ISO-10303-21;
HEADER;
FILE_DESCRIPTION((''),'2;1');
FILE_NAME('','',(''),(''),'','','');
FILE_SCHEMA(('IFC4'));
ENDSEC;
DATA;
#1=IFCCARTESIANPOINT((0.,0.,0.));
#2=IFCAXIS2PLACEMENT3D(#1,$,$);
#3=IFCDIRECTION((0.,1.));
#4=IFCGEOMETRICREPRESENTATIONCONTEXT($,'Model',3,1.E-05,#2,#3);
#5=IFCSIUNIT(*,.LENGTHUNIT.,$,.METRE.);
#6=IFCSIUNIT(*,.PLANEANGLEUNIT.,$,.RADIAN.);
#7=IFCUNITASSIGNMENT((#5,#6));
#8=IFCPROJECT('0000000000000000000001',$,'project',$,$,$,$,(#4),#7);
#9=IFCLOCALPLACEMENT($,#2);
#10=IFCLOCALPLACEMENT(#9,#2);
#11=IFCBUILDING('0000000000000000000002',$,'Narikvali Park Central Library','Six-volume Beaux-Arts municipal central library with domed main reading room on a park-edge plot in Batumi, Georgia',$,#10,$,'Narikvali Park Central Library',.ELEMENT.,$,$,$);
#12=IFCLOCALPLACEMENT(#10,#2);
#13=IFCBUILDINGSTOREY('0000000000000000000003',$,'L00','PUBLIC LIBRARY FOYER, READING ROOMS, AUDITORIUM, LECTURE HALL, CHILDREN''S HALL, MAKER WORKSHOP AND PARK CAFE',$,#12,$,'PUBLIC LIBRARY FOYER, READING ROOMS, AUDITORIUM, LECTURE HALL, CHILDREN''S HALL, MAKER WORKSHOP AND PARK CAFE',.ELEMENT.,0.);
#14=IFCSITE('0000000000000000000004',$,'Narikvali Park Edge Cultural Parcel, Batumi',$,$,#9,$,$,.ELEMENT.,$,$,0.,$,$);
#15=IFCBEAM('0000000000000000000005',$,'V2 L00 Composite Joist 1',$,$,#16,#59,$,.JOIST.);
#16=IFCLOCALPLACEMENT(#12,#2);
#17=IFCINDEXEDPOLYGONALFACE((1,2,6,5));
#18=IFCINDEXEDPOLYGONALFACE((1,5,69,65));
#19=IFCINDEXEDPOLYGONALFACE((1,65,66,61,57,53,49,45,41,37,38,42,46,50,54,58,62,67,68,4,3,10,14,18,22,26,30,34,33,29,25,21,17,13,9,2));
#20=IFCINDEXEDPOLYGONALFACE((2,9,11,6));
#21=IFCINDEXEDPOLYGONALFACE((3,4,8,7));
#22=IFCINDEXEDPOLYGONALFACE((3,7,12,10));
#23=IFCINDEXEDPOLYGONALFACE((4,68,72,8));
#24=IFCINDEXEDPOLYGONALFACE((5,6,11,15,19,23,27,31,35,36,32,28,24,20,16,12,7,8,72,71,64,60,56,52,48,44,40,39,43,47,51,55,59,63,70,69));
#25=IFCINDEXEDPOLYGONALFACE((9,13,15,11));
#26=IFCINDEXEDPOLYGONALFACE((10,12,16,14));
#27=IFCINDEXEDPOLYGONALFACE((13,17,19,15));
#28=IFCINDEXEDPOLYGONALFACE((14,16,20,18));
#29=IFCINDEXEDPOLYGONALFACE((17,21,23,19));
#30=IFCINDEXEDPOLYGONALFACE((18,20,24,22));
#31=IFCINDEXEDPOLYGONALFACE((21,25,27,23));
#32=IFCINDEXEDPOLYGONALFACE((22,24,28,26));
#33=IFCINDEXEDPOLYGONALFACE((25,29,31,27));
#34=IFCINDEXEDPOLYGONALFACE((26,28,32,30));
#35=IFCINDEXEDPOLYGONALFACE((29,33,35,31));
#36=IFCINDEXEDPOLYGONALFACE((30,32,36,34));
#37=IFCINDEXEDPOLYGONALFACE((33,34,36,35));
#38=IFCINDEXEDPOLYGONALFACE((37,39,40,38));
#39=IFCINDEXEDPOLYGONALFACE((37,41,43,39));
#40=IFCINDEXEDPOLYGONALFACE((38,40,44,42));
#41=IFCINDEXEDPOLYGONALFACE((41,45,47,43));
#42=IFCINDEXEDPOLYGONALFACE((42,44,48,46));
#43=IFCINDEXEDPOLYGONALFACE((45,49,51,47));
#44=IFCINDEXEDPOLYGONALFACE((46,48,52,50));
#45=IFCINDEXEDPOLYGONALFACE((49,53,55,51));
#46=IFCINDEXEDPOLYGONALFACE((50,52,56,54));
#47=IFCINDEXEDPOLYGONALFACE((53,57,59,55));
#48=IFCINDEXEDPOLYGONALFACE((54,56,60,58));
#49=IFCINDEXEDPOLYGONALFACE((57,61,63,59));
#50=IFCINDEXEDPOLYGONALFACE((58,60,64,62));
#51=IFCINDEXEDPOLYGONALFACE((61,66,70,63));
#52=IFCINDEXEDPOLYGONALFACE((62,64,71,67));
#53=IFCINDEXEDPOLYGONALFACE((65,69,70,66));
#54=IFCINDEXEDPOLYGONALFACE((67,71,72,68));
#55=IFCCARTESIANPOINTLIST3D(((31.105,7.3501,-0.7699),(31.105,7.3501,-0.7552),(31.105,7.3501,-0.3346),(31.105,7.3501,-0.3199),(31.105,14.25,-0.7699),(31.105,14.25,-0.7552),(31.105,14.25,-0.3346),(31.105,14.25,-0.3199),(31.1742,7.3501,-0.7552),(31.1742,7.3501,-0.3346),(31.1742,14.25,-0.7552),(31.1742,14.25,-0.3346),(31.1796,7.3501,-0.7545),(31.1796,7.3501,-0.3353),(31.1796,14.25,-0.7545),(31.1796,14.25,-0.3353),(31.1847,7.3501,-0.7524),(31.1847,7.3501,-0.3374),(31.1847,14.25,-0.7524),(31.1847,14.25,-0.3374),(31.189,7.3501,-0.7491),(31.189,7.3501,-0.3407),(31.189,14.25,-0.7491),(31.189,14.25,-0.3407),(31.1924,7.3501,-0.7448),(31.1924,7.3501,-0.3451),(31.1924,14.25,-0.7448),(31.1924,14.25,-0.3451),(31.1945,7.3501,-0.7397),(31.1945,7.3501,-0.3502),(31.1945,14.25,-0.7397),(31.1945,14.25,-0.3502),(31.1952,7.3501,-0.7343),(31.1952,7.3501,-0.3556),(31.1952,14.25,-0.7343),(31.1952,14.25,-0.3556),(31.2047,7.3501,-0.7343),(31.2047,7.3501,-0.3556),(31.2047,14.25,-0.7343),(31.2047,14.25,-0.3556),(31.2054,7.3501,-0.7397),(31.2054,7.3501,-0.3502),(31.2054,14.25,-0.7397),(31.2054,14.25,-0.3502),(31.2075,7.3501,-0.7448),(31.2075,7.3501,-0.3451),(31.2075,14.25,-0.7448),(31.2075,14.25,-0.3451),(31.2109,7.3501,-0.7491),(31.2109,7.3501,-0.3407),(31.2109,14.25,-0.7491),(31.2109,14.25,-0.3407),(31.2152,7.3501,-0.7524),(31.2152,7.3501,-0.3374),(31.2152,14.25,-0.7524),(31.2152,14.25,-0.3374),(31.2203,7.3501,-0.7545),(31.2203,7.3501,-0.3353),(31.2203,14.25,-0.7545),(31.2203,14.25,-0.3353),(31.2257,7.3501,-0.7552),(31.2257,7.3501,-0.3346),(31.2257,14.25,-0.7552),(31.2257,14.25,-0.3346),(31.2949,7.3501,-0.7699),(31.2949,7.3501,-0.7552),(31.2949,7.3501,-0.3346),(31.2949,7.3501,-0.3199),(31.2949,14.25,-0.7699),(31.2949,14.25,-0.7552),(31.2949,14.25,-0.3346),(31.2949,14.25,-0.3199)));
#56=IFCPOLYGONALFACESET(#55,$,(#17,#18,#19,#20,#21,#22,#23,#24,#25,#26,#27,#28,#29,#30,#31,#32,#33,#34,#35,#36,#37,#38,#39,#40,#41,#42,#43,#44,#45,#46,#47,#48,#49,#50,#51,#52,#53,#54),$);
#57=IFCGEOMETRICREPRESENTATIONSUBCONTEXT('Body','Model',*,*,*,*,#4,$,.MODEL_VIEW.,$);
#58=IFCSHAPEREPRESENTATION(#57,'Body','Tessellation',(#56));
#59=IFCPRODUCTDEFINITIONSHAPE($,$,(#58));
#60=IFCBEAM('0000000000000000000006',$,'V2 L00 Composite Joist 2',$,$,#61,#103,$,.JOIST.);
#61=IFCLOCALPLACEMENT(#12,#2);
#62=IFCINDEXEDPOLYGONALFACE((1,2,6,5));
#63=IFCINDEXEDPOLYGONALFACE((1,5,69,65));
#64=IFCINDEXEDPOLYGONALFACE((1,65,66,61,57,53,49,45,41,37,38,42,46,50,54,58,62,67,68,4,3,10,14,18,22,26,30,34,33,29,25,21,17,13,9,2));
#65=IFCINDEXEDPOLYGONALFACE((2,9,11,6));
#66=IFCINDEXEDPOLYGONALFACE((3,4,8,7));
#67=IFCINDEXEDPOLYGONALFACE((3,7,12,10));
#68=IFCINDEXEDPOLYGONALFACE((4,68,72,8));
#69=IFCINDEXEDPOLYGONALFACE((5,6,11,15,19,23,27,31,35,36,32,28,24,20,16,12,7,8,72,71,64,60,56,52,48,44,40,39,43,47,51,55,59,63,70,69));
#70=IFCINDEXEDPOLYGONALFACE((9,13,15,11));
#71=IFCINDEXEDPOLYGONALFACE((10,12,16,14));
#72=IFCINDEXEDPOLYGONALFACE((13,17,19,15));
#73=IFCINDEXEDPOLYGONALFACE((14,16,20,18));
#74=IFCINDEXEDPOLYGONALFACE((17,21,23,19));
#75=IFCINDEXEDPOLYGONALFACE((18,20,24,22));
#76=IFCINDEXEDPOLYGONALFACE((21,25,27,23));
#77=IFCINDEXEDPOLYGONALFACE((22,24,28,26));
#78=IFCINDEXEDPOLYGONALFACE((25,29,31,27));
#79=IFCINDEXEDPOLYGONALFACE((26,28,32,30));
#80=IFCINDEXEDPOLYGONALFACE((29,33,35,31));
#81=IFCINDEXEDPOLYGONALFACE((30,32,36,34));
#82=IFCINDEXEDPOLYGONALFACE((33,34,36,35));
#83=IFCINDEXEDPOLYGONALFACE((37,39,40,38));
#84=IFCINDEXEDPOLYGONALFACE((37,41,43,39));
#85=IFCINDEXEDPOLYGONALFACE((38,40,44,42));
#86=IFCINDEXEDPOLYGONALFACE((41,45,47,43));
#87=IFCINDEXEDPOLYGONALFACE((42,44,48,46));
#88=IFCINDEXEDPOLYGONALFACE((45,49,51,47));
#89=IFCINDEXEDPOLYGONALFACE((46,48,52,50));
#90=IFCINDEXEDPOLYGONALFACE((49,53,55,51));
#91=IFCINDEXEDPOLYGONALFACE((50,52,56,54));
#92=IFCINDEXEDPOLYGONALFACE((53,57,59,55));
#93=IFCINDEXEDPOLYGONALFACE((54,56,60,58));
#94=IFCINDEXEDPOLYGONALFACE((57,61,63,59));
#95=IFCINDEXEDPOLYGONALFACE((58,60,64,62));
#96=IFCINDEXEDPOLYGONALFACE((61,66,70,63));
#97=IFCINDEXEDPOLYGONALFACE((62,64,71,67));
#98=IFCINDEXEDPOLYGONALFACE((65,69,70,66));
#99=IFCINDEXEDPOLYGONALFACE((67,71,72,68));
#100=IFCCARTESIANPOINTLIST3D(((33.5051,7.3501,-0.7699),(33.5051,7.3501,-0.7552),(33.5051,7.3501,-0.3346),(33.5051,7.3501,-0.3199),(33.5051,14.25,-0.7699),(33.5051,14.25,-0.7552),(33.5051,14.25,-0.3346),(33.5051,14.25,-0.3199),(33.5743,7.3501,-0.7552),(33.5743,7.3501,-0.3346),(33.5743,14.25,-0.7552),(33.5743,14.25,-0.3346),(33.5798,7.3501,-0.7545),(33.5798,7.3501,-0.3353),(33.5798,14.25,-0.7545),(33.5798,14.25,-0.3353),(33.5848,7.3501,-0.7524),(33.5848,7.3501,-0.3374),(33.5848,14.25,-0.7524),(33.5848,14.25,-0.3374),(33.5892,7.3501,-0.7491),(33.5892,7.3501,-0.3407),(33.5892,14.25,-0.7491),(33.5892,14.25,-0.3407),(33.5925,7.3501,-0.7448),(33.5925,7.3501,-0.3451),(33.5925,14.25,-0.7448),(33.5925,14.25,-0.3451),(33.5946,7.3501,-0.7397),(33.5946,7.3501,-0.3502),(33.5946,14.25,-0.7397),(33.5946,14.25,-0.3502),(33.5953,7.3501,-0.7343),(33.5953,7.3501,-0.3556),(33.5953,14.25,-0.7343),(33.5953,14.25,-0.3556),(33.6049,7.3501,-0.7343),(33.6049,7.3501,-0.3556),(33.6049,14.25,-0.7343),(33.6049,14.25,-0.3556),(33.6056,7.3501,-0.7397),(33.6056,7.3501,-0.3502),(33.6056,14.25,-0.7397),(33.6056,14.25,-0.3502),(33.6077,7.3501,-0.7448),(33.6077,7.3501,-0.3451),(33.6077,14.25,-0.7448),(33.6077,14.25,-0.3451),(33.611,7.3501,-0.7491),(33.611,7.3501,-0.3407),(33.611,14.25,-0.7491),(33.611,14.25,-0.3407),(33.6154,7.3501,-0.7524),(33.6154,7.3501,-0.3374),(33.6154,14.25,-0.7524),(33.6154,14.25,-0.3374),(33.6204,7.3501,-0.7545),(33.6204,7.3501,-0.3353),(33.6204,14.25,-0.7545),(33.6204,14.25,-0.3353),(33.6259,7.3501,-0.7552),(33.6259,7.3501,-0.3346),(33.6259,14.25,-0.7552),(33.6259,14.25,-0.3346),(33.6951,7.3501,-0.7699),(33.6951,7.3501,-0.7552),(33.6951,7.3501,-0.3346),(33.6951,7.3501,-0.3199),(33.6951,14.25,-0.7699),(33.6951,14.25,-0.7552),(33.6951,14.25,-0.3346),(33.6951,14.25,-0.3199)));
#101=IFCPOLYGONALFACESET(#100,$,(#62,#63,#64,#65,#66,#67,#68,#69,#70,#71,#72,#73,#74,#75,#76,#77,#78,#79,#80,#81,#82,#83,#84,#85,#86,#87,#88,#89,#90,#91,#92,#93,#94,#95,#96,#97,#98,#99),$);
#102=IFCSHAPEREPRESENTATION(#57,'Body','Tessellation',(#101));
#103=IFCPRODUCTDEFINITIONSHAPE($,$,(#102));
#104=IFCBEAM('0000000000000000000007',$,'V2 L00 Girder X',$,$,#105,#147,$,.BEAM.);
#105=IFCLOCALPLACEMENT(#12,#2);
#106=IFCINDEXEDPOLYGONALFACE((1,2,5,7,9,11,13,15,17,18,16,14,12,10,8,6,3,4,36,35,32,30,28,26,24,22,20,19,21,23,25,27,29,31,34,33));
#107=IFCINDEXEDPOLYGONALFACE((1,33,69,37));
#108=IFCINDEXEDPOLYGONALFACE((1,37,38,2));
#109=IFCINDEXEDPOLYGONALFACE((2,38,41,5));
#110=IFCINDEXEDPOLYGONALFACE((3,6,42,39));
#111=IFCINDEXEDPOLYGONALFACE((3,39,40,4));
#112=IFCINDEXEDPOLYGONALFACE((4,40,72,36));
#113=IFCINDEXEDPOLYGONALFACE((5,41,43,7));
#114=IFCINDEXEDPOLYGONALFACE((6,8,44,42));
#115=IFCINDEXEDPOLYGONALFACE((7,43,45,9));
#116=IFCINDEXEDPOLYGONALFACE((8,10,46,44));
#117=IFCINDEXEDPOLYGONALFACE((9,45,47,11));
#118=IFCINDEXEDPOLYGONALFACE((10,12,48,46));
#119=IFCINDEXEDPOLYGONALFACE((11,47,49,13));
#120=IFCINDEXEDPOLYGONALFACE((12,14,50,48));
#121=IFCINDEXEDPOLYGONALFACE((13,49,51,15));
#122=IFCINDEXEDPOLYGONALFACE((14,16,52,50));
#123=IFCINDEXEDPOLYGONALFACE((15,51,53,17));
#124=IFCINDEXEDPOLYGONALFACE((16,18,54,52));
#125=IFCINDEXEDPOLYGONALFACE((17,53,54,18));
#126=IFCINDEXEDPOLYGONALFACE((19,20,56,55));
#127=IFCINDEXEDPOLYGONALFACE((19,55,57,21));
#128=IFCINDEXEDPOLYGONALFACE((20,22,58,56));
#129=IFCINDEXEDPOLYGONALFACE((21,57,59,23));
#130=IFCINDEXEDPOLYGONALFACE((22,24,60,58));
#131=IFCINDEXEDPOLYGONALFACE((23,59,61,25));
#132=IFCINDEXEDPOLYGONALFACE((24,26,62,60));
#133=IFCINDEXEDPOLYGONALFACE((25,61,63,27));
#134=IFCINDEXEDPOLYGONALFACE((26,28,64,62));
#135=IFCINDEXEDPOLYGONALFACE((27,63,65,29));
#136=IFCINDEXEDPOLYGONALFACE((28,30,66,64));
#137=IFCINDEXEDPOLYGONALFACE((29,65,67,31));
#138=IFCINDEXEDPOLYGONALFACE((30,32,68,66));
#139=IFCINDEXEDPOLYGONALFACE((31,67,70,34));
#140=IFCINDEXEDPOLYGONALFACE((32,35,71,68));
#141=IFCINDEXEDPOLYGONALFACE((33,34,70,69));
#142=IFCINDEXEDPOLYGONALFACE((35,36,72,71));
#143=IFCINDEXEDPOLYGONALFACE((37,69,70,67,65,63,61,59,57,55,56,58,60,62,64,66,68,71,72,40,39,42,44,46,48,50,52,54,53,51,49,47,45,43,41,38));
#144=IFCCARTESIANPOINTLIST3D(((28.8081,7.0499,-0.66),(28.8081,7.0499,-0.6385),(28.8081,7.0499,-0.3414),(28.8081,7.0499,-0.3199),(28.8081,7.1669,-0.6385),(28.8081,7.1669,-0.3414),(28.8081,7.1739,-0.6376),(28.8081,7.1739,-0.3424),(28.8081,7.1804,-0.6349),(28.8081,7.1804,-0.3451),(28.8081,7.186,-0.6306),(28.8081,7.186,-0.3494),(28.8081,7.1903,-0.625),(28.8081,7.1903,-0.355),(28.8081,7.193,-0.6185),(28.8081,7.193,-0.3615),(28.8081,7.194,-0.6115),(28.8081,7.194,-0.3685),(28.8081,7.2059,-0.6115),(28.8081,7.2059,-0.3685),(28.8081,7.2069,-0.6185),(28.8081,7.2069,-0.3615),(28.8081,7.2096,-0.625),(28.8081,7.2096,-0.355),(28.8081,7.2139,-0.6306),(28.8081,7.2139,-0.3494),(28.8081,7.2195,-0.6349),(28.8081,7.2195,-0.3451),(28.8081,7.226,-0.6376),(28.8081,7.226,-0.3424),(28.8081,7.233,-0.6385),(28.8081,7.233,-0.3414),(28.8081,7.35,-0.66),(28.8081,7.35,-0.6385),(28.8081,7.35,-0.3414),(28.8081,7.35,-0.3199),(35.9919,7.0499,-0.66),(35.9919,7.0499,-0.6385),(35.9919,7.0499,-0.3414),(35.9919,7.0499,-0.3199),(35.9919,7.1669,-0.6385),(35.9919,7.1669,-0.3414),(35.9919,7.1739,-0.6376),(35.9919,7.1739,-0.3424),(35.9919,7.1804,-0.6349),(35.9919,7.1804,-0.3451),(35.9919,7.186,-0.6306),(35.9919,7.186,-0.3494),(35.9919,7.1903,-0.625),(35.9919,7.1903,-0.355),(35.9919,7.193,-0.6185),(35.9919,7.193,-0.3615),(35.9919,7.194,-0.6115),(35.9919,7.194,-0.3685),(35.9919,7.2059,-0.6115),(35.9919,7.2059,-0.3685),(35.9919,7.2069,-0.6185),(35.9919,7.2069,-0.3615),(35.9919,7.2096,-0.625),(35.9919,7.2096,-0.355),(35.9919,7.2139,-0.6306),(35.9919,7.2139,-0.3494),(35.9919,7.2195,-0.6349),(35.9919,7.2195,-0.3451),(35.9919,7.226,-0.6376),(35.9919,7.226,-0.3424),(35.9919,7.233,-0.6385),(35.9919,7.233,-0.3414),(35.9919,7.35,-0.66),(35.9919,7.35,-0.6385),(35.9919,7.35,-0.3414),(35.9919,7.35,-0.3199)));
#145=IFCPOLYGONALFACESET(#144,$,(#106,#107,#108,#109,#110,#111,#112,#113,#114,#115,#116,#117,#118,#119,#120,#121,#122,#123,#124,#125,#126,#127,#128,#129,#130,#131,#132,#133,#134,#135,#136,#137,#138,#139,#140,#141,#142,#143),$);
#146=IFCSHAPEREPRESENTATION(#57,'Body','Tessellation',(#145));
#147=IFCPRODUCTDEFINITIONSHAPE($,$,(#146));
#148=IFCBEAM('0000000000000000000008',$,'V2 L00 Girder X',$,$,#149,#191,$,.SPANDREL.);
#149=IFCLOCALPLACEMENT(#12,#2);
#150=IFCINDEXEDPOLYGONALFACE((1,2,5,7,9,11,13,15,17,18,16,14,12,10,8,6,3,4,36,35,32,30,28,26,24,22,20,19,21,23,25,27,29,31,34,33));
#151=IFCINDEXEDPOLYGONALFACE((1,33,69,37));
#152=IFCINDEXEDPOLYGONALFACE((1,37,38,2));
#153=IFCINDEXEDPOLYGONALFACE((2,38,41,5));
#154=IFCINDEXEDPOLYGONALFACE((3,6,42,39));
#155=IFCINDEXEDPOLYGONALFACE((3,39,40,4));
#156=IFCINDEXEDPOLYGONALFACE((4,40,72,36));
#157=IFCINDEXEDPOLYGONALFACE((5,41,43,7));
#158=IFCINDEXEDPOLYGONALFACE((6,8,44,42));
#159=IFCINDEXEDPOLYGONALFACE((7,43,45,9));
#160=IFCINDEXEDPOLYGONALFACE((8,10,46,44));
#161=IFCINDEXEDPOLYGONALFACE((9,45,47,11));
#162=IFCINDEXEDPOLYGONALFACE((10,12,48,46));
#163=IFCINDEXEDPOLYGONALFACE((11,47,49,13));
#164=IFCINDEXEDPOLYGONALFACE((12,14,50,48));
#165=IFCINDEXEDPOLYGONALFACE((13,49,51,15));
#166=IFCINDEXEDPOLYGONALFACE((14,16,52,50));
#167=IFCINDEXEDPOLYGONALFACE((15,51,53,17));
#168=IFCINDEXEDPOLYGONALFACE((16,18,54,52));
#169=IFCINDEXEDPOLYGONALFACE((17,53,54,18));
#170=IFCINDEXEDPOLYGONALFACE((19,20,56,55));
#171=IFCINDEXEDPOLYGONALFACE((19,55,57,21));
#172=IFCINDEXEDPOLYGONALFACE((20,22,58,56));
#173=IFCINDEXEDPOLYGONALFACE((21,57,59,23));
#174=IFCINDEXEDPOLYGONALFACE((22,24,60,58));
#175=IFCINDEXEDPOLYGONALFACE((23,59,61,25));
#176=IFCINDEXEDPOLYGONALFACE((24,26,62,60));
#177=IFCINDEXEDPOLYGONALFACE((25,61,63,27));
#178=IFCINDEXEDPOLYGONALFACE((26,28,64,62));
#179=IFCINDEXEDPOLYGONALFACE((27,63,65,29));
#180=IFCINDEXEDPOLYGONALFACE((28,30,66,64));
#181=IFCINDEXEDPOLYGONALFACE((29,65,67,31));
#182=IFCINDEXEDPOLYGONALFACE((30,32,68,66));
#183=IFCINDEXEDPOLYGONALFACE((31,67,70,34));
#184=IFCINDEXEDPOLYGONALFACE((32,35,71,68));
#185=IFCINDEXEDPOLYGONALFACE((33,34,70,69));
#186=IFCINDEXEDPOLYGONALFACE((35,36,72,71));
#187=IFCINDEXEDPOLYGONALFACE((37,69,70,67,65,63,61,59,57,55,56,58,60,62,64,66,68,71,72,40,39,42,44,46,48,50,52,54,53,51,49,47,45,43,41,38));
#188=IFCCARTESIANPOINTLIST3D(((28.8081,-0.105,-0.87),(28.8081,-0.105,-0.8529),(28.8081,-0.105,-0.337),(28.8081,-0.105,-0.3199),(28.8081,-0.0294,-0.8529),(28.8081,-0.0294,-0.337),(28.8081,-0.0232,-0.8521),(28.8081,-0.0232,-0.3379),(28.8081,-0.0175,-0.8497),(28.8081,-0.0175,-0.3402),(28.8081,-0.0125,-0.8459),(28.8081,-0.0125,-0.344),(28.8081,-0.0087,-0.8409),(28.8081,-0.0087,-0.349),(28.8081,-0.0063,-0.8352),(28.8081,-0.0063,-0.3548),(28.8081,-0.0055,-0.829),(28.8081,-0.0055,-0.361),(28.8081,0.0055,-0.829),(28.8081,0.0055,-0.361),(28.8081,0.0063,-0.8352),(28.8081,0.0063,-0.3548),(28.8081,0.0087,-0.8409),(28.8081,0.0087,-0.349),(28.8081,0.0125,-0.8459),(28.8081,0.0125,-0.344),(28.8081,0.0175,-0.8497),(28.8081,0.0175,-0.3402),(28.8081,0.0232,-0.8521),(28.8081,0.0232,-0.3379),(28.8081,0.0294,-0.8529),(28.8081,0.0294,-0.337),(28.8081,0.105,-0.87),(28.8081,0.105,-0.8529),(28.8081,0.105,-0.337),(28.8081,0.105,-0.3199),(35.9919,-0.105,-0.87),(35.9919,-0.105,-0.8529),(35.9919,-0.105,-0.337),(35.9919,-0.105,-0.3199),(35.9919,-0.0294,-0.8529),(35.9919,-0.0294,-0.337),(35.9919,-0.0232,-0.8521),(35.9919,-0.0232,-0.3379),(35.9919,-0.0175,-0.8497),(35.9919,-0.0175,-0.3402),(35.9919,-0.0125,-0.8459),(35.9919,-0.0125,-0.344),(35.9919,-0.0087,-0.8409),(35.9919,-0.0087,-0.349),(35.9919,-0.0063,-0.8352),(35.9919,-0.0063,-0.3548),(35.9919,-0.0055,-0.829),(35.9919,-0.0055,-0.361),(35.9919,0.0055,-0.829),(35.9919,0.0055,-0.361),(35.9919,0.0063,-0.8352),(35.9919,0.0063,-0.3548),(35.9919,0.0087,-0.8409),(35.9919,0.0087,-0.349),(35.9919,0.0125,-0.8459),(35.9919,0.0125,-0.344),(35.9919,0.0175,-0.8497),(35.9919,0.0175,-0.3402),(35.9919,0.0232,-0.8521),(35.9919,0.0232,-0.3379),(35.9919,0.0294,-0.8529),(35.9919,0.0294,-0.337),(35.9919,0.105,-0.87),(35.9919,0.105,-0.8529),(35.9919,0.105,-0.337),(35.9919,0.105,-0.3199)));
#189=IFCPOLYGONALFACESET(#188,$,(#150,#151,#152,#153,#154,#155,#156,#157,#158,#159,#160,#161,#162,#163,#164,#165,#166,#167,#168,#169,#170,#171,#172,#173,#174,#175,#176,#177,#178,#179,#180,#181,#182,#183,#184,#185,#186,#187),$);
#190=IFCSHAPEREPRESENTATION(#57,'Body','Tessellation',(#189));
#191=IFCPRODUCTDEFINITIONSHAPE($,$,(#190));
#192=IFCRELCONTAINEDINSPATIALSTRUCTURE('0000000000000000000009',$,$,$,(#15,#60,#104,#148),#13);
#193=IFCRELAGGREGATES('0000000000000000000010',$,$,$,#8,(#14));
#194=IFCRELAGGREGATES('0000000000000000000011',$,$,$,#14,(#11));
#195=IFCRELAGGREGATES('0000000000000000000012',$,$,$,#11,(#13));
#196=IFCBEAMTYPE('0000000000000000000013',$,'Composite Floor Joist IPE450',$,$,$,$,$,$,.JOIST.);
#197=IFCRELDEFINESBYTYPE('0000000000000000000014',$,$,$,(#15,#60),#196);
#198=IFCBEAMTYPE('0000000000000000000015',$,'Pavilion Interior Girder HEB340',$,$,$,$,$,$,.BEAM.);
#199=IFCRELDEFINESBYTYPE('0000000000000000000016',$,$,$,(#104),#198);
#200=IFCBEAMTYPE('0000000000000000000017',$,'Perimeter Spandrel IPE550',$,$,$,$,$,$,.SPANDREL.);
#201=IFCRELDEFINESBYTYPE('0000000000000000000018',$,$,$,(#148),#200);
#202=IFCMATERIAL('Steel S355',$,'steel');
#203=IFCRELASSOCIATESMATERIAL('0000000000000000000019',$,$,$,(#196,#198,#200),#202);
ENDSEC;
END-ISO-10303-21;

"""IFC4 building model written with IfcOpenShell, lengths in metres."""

from ifc_helpers import new_model, si_unit, direction, frame, origin, origin_2d, place, context, subcontext, project, spatial, i_section, extrude, material, material_profile, profile_set, type_object, element, save


model = new_model("IFC4")

# Units and contexts
model_context = context("Model", 3, precision=1e-05, world=origin(), true_north=direction((0.0, 1.0)))
body_context = subcontext(model_context, "Body", "Model", "MODEL_VIEW")
ifc_project = project(units=[si_unit("LENGTHUNIT", "METRE"), si_unit("PLANEANGLEUNIT", "RADIAN")], contexts=[model_context])

# Site, building, storey
site_placement = place(None, origin())
site = spatial("IfcSite", under=ifc_project, at=site_placement, Name="Narikvali Park Edge Cultural Parcel, Batumi", CompositionType="ELEMENT", RefElevation=0.0)
building_placement = place(site_placement, origin())
building = spatial("IfcBuilding", under=site, at=building_placement, Name="Narikvali Park Central Library", Description="Six-volume Beaux-Arts municipal central library with domed main reading room on a park-edge plot in Batumi, Georgia", LongName="Narikvali Park Central Library", CompositionType="ELEMENT")
storey_placement = place(building_placement, origin())
storey = spatial("IfcBuildingStorey", under=building, at=storey_placement, Name="L00", Description="PUBLIC LIBRARY FOYER, READING ROOMS, AUDITORIUM, LECTURE HALL, CHILDREN'S HALL, MAKER WORKSHOP AND PARK CAFE", LongName="PUBLIC LIBRARY FOYER, READING ROOMS, AUDITORIUM, LECTURE HALL, CHILDREN'S HALL, MAKER WORKSHOP AND PARK CAFE", CompositionType="ELEMENT", Elevation=0.0)

# Shared definitions
ifc_material_1 = material(Name="Steel S355", Category="steel")

# Beams
ifc_material_profile_1 = material_profile(ifc_material_1, i_section(OverallWidth=0.1899, OverallDepth=0.45, WebThickness=0.0095, FlangeThickness=0.0146, FilletRadius=0.021, at=origin_2d()), Name="IPE 450")
ifc_profile_set_1 = profile_set([ifc_material_profile_1], Name="Steel S355")
beam_type_1 = type_object("IfcBeamType", Name="Composite Floor Joist IPE450", PredefinedType="JOIST", material=ifc_profile_set_1)
for number, where, z_axis, x_axis, name in (
    (1, (31.2, 7.3501, -0.5449), (0.0, 1.0, 0.0), (-1.0, 0.0, 0.0), "V2 L00 Composite Joist 1"),
    (2, (33.6001, 7.3501, -0.5449), (0.0, 1.0, 0.0), (-1.0, 0.0, 0.0), "V2 L00 Composite Joist 2"),
):
    element("IfcBeam", number, at=place(storey_placement, frame(where, z_axis=z_axis, x_axis=x_axis)), inside=storey, type_object=beam_type_1, Name=name, PredefinedType="JOIST", context=body_context, shape_type="SweptSolid", body=[
        extrude(i_section(OverallWidth=0.1899, OverallDepth=0.45, WebThickness=0.0095, FlangeThickness=0.0146, FilletRadius=0.021, at=origin_2d()), origin(), (0.0, 0.0, 1.0), 6.8999),
    ])
ifc_material_profile_2 = material_profile(ifc_material_1, i_section(OverallWidth=0.3, OverallDepth=0.3401, WebThickness=0.012, FlangeThickness=0.0215, FilletRadius=0.0271, at=origin_2d()), Name="HEB 340")
ifc_profile_set_2 = profile_set([ifc_material_profile_2], Name="Steel S355")
beam_type_2 = type_object("IfcBeamType", Name="Pavilion Interior Girder HEB340", PredefinedType="BEAM", material=ifc_profile_set_2)
beam_1_placement = place(storey_placement, frame((28.8081, 7.2, -0.49), z_axis=(1.0, 0.0, 0.0), x_axis=(0.0, 1.0, 0.0)))
element("IfcBeam", 3, at=beam_1_placement, inside=storey, type_object=beam_type_2, Name="V2 L00 Girder X", PredefinedType="BEAM", context=body_context, shape_type="SweptSolid", body=[
    extrude(i_section(OverallWidth=0.3, OverallDepth=0.3401, WebThickness=0.012, FlangeThickness=0.0215, FilletRadius=0.0271, at=origin_2d()), origin(), (0.0, 0.0, 1.0), 7.1838),
])
ifc_material_profile_3 = material_profile(ifc_material_1, i_section(OverallWidth=0.21, OverallDepth=0.55, WebThickness=0.011, FlangeThickness=0.0171, FilletRadius=0.0239, at=origin_2d()), Name="IPE 550")
ifc_profile_set_3 = profile_set([ifc_material_profile_3], Name="Steel S355")
beam_type_3 = type_object("IfcBeamType", Name="Perimeter Spandrel IPE550", PredefinedType="SPANDREL", material=ifc_profile_set_3)
beam_2_placement = place(storey_placement, frame((28.8081, 0.0, -0.595), z_axis=(1.0, 0.0, 0.0), x_axis=(0.0, 1.0, 0.0)))
element("IfcBeam", 4, at=beam_2_placement, inside=storey, type_object=beam_type_3, Name="V2 L00 Girder X", PredefinedType="SPANDREL", context=body_context, shape_type="SweptSolid", body=[
    extrude(i_section(OverallWidth=0.21, OverallDepth=0.55, WebThickness=0.011, FlangeThickness=0.0171, FilletRadius=0.0239, at=origin_2d()), origin(), (0.0, 0.0, 1.0), 7.1838),
])

save(model, "model.ifc")
